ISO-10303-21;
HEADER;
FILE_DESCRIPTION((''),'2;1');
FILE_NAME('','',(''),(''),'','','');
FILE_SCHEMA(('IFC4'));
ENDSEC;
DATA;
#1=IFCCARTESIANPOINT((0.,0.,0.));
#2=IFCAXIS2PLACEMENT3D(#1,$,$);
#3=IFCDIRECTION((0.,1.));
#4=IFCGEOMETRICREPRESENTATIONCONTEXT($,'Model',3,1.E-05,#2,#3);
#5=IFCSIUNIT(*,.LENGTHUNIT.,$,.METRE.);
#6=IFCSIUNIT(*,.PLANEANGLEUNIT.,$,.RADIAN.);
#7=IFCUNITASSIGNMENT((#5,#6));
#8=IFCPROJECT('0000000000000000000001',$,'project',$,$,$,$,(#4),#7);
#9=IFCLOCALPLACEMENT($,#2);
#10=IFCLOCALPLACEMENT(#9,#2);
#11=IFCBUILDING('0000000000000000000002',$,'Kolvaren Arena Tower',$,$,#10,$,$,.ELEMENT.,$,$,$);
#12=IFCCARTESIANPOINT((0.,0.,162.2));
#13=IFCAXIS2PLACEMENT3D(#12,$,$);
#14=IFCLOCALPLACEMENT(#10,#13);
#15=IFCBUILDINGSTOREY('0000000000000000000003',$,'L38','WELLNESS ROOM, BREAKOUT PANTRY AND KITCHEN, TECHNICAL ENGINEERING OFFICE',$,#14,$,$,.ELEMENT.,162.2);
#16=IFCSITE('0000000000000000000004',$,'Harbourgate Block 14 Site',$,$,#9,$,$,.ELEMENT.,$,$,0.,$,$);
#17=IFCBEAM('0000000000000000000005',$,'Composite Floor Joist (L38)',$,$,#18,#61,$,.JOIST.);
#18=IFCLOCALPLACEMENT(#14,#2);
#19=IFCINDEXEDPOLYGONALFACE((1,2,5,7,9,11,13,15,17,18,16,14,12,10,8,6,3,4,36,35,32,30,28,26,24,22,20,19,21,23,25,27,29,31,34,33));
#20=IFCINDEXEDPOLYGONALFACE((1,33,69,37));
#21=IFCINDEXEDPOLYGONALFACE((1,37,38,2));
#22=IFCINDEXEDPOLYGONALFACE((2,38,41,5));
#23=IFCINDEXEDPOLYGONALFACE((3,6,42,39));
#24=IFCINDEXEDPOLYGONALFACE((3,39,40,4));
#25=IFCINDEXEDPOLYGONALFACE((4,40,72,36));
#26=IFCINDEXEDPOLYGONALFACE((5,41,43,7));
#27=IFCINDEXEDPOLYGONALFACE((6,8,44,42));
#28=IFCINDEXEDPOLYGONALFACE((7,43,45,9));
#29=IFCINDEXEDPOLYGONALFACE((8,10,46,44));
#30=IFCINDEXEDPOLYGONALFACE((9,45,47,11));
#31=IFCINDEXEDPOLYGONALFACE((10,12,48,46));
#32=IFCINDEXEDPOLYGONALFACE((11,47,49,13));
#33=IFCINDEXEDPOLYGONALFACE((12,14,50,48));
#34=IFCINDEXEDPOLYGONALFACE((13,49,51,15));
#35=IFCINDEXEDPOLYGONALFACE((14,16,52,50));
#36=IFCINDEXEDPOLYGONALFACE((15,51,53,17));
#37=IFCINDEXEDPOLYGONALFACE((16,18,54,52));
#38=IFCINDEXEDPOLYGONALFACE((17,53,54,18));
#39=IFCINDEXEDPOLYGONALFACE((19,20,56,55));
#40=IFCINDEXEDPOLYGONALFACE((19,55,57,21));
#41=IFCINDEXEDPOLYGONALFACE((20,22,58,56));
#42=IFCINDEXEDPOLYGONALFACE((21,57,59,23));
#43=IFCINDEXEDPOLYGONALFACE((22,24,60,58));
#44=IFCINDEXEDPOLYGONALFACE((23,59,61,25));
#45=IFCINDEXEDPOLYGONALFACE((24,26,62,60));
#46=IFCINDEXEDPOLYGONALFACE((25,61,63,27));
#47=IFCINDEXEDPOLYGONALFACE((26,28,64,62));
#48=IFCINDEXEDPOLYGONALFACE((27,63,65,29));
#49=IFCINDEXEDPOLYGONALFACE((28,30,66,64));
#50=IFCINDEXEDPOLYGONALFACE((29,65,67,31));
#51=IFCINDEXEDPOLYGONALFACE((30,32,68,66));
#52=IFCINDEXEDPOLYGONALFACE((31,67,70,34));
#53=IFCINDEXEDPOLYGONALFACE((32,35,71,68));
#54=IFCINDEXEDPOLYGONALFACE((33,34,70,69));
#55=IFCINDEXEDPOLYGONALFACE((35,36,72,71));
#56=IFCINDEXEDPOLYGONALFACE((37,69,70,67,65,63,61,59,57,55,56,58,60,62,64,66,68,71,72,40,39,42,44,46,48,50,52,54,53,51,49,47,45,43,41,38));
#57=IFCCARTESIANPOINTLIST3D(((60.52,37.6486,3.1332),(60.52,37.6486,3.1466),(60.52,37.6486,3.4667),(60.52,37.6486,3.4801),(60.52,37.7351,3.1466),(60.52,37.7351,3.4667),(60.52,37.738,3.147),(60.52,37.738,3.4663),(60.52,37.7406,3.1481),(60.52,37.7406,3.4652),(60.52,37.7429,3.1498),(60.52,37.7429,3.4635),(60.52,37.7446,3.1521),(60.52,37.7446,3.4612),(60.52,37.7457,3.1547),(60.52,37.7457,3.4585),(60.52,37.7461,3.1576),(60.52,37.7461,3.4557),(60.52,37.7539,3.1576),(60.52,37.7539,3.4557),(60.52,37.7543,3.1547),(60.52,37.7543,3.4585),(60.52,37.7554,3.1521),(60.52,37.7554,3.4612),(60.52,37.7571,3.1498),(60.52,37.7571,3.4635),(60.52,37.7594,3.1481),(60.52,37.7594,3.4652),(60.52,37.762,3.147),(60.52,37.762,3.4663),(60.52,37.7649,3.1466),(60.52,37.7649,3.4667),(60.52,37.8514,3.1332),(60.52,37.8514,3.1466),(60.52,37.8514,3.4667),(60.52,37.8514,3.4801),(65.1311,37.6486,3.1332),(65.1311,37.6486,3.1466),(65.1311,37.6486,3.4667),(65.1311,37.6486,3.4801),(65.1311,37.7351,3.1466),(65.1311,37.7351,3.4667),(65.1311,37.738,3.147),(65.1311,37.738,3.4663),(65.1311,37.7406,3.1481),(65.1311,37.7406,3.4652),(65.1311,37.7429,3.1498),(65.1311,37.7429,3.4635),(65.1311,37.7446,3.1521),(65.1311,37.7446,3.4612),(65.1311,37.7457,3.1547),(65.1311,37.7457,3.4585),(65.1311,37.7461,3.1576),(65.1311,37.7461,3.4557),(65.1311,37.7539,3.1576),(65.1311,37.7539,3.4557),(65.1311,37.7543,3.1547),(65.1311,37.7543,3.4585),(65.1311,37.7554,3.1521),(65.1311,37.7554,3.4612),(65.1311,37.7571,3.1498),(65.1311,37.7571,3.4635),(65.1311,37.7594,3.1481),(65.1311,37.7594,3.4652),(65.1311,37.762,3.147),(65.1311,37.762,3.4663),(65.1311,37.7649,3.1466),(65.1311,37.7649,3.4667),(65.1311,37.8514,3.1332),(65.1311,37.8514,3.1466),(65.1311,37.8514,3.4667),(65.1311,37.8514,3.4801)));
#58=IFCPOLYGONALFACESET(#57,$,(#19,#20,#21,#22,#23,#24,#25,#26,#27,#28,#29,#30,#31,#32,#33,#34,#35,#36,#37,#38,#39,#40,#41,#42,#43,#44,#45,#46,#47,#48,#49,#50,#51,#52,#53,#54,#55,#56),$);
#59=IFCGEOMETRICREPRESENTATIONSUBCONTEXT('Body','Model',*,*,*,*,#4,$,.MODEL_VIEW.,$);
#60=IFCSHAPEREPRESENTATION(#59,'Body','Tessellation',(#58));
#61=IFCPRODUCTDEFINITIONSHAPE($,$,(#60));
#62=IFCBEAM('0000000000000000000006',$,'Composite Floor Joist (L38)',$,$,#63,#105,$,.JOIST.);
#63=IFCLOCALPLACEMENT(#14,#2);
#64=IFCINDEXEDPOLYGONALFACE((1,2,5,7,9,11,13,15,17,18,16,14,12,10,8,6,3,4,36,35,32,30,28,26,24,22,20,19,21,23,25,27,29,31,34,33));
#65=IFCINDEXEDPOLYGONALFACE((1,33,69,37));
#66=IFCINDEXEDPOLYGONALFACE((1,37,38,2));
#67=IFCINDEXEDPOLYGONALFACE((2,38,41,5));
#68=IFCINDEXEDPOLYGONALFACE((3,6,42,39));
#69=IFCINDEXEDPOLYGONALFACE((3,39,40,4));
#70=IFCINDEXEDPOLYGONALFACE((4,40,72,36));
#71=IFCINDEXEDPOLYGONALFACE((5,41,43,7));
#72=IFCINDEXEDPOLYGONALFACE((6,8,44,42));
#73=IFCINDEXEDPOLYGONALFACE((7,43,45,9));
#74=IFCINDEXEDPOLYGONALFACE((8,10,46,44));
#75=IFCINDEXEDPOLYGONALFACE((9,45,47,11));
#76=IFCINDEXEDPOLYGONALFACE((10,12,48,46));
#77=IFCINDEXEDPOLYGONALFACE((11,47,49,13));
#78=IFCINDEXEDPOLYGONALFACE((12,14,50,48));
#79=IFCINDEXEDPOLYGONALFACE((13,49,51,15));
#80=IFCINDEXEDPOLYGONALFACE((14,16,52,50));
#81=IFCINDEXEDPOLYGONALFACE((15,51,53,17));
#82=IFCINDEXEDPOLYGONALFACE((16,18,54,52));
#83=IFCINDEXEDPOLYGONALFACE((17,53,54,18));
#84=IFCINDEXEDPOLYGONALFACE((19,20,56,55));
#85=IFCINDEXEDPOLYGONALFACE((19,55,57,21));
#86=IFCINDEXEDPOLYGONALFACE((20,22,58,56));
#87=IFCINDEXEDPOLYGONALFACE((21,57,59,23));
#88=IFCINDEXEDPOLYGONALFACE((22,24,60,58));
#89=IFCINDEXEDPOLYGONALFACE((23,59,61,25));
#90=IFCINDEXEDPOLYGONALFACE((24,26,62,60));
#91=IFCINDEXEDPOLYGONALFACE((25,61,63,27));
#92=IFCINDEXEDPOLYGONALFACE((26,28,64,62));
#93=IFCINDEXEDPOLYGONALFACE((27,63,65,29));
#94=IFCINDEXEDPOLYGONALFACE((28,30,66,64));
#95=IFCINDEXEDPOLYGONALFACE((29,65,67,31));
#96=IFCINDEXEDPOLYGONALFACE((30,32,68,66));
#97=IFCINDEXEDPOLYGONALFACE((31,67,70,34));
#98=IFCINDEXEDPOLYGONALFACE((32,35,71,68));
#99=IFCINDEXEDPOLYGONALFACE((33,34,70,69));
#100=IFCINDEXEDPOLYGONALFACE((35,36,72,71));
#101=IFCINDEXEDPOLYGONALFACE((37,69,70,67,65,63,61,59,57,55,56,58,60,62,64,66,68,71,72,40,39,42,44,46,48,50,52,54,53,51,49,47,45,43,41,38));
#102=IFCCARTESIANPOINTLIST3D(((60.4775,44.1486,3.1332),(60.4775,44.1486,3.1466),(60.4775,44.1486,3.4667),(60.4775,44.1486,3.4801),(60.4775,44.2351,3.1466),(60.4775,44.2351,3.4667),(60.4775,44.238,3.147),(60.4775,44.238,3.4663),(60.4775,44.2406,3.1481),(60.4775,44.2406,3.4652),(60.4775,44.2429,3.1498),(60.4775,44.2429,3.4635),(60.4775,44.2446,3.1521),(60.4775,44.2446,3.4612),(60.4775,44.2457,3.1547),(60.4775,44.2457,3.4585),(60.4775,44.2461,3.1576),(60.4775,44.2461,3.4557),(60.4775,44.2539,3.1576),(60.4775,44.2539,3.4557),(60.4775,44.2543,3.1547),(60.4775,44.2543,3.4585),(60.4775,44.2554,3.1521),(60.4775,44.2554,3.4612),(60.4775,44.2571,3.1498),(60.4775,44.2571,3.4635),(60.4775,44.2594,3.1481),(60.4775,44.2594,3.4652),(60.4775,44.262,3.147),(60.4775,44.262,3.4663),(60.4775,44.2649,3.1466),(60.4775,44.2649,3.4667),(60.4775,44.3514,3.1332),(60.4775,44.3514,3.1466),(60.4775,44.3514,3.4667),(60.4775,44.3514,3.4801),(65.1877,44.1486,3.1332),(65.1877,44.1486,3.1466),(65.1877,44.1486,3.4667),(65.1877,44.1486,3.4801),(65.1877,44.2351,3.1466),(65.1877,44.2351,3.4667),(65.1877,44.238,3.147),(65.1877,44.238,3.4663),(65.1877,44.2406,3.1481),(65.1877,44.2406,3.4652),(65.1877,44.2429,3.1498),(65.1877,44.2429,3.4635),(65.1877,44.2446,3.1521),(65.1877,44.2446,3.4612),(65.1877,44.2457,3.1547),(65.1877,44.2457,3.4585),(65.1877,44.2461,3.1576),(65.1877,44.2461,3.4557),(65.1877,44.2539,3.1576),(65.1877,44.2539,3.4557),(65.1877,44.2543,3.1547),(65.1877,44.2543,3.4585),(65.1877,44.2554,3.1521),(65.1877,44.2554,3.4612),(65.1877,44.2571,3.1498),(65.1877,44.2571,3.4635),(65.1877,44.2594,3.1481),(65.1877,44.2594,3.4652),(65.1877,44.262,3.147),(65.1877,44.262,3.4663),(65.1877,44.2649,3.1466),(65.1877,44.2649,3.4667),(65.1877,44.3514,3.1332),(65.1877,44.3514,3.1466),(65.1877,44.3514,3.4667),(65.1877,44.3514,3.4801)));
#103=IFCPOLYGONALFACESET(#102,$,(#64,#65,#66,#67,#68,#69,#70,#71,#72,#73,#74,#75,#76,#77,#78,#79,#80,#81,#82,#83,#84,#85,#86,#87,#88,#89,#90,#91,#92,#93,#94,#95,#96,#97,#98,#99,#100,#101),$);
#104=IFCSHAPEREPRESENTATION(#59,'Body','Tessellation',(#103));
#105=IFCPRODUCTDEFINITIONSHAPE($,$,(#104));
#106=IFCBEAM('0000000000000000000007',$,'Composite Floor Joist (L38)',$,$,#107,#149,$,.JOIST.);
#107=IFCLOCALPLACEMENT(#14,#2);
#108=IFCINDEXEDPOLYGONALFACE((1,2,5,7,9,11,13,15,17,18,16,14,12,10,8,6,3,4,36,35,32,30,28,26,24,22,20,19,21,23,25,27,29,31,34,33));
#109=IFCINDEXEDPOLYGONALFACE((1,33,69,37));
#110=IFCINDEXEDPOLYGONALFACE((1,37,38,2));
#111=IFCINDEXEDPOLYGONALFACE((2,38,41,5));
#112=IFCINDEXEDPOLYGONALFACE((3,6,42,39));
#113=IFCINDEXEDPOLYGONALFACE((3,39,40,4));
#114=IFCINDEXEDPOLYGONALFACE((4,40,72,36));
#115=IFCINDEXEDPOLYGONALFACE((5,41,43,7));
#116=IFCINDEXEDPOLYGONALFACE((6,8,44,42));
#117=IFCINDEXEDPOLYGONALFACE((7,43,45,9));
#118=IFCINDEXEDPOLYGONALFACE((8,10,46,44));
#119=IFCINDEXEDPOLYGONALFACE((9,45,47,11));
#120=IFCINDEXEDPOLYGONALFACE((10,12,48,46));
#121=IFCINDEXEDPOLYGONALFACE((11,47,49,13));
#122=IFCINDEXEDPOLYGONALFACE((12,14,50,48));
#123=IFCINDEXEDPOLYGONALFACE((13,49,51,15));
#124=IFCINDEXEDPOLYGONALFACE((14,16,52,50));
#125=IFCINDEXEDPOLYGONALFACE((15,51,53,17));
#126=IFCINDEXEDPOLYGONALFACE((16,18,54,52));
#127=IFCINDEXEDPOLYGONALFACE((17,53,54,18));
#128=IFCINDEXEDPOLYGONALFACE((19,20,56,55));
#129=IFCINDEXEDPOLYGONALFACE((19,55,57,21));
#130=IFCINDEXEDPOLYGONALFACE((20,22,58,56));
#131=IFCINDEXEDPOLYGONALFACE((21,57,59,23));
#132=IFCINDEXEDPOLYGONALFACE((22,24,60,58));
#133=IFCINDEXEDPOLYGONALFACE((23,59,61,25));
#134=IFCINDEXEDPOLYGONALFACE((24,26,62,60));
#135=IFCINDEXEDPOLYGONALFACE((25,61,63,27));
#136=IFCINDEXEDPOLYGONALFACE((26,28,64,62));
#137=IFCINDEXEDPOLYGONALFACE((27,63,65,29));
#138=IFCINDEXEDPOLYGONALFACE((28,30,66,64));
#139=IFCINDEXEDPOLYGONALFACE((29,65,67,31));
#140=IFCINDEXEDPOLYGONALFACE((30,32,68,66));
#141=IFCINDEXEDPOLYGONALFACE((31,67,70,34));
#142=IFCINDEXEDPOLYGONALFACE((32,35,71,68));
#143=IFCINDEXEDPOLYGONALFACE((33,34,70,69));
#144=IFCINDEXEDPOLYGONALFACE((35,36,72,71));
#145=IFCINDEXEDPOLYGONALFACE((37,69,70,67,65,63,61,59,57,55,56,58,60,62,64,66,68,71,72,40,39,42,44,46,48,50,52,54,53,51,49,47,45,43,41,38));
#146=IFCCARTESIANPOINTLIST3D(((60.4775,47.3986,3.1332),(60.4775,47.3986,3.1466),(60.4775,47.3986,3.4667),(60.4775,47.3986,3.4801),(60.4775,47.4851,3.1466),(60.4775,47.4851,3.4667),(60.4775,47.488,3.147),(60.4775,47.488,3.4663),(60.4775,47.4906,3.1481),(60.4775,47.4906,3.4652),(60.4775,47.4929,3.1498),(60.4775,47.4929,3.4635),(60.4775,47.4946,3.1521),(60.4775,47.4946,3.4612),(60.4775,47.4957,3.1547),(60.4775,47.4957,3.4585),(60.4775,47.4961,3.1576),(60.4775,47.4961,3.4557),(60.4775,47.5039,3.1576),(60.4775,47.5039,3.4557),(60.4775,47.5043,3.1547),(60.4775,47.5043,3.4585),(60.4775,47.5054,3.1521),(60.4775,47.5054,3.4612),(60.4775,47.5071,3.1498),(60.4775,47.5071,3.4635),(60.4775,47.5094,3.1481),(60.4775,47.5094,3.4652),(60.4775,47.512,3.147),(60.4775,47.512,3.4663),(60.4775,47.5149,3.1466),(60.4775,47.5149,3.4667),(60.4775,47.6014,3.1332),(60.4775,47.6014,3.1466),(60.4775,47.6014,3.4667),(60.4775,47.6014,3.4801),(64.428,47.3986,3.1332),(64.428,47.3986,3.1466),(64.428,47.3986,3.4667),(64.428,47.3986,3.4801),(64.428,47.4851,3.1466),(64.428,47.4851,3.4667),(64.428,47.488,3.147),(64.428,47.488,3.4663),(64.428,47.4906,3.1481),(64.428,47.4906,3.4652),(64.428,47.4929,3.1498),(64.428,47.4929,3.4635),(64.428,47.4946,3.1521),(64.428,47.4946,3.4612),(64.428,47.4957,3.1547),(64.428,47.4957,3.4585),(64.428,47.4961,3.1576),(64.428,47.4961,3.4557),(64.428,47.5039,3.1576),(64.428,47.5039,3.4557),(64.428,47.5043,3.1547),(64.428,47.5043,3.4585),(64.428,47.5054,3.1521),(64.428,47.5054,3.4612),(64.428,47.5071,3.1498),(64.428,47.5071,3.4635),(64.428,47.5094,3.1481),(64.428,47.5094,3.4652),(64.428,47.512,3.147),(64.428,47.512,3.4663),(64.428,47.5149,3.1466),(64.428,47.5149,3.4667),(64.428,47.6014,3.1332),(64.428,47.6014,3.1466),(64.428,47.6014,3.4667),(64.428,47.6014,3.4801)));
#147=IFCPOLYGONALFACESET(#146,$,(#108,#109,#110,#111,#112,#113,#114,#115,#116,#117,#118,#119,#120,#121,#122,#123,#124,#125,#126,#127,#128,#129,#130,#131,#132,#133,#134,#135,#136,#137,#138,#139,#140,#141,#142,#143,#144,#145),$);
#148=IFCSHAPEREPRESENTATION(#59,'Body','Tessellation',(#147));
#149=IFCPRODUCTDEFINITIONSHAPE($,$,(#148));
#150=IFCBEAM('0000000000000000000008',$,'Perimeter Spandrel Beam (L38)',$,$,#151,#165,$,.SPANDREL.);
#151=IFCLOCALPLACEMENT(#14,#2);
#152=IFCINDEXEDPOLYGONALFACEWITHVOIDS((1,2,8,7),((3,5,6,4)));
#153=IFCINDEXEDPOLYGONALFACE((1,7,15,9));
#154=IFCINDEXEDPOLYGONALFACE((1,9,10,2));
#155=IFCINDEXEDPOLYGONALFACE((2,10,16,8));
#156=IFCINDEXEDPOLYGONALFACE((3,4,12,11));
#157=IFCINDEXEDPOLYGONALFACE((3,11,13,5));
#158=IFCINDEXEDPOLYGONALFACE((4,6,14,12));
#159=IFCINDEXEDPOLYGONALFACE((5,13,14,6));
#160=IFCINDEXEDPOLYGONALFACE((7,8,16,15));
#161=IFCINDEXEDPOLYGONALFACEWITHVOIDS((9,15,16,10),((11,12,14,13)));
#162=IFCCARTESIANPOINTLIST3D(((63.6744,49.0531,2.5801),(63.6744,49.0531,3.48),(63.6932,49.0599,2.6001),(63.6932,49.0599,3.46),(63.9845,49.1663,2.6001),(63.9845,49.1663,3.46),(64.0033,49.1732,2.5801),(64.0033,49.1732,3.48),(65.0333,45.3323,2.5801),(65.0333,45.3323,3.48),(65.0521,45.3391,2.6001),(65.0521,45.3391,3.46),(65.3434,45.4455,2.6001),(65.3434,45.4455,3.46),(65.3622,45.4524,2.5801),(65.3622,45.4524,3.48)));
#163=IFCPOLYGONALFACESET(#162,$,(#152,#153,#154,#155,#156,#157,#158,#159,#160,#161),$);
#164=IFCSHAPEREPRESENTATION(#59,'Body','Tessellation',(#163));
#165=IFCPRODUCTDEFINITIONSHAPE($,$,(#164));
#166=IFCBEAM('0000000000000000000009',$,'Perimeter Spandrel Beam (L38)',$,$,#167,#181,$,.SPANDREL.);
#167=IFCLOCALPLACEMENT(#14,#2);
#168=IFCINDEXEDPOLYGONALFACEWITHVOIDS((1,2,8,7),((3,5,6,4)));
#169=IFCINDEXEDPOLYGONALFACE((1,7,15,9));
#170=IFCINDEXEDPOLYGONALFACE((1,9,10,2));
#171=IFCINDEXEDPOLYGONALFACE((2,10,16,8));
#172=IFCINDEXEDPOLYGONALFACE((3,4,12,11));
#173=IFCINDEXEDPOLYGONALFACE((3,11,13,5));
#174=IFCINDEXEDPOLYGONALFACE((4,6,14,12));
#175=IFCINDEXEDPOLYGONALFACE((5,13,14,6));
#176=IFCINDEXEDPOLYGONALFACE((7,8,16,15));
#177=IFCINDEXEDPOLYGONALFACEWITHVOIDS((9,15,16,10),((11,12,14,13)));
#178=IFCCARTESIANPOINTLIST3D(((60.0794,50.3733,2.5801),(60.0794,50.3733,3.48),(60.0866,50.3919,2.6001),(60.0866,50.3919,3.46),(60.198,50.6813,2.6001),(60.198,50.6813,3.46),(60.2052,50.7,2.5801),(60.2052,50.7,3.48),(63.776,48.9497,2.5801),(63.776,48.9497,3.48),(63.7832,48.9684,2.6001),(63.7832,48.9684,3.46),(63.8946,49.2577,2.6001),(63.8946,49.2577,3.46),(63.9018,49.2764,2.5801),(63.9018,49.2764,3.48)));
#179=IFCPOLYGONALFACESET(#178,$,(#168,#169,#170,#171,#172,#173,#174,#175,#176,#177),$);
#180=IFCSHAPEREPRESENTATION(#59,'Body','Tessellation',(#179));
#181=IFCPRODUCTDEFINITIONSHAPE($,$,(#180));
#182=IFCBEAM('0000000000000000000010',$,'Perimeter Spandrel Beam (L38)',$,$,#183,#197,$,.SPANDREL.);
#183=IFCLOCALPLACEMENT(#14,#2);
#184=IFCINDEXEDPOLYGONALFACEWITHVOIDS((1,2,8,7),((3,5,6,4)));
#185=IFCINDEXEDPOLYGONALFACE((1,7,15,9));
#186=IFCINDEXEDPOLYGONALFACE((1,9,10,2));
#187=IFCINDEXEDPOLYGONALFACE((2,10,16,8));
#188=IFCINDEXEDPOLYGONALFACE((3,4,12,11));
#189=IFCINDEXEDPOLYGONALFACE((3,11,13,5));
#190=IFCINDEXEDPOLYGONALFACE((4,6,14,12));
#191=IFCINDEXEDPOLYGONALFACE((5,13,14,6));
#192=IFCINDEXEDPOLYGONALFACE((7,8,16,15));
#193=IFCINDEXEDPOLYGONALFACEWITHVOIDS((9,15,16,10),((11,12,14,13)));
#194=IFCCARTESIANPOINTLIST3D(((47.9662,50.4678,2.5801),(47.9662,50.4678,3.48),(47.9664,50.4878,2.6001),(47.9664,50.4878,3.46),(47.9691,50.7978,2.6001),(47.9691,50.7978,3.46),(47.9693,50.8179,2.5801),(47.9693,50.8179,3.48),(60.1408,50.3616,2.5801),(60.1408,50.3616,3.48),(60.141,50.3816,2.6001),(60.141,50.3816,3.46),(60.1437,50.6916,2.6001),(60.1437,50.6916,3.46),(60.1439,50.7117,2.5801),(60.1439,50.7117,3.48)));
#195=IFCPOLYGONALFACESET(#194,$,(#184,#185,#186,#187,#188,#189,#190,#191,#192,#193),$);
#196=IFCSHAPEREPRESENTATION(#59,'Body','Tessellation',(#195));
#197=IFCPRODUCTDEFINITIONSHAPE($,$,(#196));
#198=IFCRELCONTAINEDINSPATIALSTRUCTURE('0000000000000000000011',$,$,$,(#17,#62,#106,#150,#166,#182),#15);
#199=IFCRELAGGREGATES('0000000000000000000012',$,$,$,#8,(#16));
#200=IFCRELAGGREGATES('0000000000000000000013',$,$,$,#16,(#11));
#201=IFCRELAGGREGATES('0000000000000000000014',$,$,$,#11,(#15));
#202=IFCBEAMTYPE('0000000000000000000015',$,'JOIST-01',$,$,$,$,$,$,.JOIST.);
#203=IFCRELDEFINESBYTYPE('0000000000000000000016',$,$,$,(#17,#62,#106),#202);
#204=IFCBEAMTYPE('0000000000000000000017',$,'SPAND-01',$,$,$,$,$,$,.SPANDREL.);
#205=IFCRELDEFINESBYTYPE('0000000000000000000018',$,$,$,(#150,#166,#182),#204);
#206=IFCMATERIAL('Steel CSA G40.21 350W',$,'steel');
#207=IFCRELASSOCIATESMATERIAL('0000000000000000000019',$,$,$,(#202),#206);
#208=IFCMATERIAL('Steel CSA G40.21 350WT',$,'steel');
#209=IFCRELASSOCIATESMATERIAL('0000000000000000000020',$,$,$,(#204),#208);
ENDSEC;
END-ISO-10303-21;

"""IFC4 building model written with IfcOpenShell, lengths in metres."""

from ifc_helpers import new_model, si_unit, direction, frame, origin, origin_2d, place, context, subcontext, project, spatial, hollow_rectangle, i_section, extrude, material, material_profile, profile_set, type_object, element, save


model = new_model("IFC4")

# Units and contexts
model_context = context("Model", 3, precision=1e-05, world=origin(), true_north=direction((0.0, 1.0)))
body_context = subcontext(model_context, "Body", "Model", "MODEL_VIEW")
ifc_project = project(units=[si_unit("LENGTHUNIT", "METRE"), si_unit("PLANEANGLEUNIT", "RADIAN")], contexts=[model_context])

# Site, building, storey
site_placement = place(None, origin())
site = spatial("IfcSite", under=ifc_project, at=site_placement, Name="Harbourgate Block 14 Site", CompositionType="ELEMENT", RefElevation=0.0)
building_placement = place(site_placement, origin())
building = spatial("IfcBuilding", under=site, at=building_placement, Name="Kolvaren Arena Tower", CompositionType="ELEMENT")
storey_placement = place(building_placement, frame((0.0, 0.0, 162.2)))
storey = spatial("IfcBuildingStorey", under=building, at=storey_placement, Name="L38", Description="WELLNESS ROOM, BREAKOUT PANTRY AND KITCHEN, TECHNICAL ENGINEERING OFFICE", CompositionType="ELEMENT", Elevation=162.2)

# Beams
ifc_material_1 = material(Name="Steel CSA G40.21 350W", Category="steel")
ifc_material_profile_1 = material_profile(ifc_material_1, i_section(OverallWidth=0.2029, OverallDepth=0.3469, WebThickness=0.0078, FlangeThickness=0.0134, FilletRadius=0.011, at=origin_2d()), Name="W360x64")
ifc_profile_set_1 = profile_set([ifc_material_profile_1], Name="Steel CSA G40.21 350W")
beam_type_1 = type_object("IfcBeamType", Name="JOIST-01", PredefinedType="JOIST", material=ifc_profile_set_1)
beam_1_placement = place(storey_placement, frame((60.52, 37.75, 3.3066), z_axis=(1.0, 0.0, 0.0), x_axis=(0.0, 1.0, 0.0)))
element("IfcBeam", 1, at=beam_1_placement, inside=storey, type_object=beam_type_1, Name="Composite Floor Joist (L38)", PredefinedType="JOIST", context=body_context, shape_type="SweptSolid", body=[
    extrude(i_section(OverallWidth=0.2029, OverallDepth=0.3469, WebThickness=0.0078, FlangeThickness=0.0134, FilletRadius=0.011, at=origin_2d()), origin(), (0.0, 0.0, 1.0), 4.6111),
])
beam_2_placement = place(storey_placement, frame((60.4775, 44.25, 3.3066), z_axis=(1.0, 0.0, 0.0), x_axis=(0.0, 1.0, 0.0)))
element("IfcBeam", 2, at=beam_2_placement, inside=storey, type_object=beam_type_1, Name="Composite Floor Joist (L38)", PredefinedType="JOIST", context=body_context, shape_type="SweptSolid", body=[
    extrude(i_section(OverallWidth=0.2029, OverallDepth=0.3469, WebThickness=0.0078, FlangeThickness=0.0134, FilletRadius=0.011, at=origin_2d()), origin(), (0.0, 0.0, 1.0), 4.7102),
])
beam_3_placement = place(storey_placement, frame((60.4775, 47.5, 3.3066), z_axis=(1.0, 0.0, 0.0), x_axis=(0.0, 1.0, 0.0)))
element("IfcBeam", 3, at=beam_3_placement, inside=storey, type_object=beam_type_1, Name="Composite Floor Joist (L38)", PredefinedType="JOIST", context=body_context, shape_type="SweptSolid", body=[
    extrude(i_section(OverallWidth=0.2029, OverallDepth=0.3469, WebThickness=0.0078, FlangeThickness=0.0134, FilletRadius=0.011, at=origin_2d()), origin(), (0.0, 0.0, 1.0), 3.9504),
])
ifc_material_2 = material(Name="Steel CSA G40.21 350WT", Category="steel")
ifc_material_profile_2 = material_profile(ifc_material_2, hollow_rectangle(XDim=0.3501, YDim=0.8999, WallThickness=0.02, at=origin_2d()), Name="HSS 900x350x20")
ifc_profile_set_2 = profile_set([ifc_material_profile_2], Name="Steel CSA G40.21 350WT")
beam_type_2 = type_object("IfcBeamType", Name="SPAND-01", PredefinedType="SPANDREL", material=ifc_profile_set_2)
for number, where, z_axis, x_axis, name in (
    (4, (65.1978, 45.3923, 3.03), (-0.343059, 0.939314, 0.0), (-0.939314, -0.343059, 0.0), "Perimeter Spandrel Beam (L38)"),
    (5, (63.8389, 49.113, 3.03), (-0.93319, 0.359384, 0.0), (-0.359384, -0.93319, 0.0), "Perimeter Spandrel Beam (L38)"),
):
    element("IfcBeam", number, at=place(storey_placement, frame(where, z_axis=z_axis, x_axis=x_axis)), inside=storey, type_object=beam_type_2, Name=name, PredefinedType="SPANDREL", context=body_context, shape_type="SweptSolid", body=[
        extrude(hollow_rectangle(XDim=0.3501, YDim=0.8999, WallThickness=0.02, at=origin_2d()), origin(), (0.0, 0.0, 1.0), 3.9612),
    ])
beam_4_placement = place(storey_placement, frame((60.1423, 50.5366, 3.03), z_axis=(-0.999962, 0.008723, 0.0), x_axis=(-0.008723, -0.999962, 0.0)))
element("IfcBeam", 6, at=beam_4_placement, inside=storey, type_object=beam_type_2, Name="Perimeter Spandrel Beam (L38)", PredefinedType="SPANDREL", context=body_context, shape_type="SweptSolid", body=[
    extrude(hollow_rectangle(XDim=0.3501, YDim=0.8999, WallThickness=0.02, at=origin_2d()), origin(), (0.0, 0.0, 1.0), 12.175),
])

save(model, "model.ifc")
